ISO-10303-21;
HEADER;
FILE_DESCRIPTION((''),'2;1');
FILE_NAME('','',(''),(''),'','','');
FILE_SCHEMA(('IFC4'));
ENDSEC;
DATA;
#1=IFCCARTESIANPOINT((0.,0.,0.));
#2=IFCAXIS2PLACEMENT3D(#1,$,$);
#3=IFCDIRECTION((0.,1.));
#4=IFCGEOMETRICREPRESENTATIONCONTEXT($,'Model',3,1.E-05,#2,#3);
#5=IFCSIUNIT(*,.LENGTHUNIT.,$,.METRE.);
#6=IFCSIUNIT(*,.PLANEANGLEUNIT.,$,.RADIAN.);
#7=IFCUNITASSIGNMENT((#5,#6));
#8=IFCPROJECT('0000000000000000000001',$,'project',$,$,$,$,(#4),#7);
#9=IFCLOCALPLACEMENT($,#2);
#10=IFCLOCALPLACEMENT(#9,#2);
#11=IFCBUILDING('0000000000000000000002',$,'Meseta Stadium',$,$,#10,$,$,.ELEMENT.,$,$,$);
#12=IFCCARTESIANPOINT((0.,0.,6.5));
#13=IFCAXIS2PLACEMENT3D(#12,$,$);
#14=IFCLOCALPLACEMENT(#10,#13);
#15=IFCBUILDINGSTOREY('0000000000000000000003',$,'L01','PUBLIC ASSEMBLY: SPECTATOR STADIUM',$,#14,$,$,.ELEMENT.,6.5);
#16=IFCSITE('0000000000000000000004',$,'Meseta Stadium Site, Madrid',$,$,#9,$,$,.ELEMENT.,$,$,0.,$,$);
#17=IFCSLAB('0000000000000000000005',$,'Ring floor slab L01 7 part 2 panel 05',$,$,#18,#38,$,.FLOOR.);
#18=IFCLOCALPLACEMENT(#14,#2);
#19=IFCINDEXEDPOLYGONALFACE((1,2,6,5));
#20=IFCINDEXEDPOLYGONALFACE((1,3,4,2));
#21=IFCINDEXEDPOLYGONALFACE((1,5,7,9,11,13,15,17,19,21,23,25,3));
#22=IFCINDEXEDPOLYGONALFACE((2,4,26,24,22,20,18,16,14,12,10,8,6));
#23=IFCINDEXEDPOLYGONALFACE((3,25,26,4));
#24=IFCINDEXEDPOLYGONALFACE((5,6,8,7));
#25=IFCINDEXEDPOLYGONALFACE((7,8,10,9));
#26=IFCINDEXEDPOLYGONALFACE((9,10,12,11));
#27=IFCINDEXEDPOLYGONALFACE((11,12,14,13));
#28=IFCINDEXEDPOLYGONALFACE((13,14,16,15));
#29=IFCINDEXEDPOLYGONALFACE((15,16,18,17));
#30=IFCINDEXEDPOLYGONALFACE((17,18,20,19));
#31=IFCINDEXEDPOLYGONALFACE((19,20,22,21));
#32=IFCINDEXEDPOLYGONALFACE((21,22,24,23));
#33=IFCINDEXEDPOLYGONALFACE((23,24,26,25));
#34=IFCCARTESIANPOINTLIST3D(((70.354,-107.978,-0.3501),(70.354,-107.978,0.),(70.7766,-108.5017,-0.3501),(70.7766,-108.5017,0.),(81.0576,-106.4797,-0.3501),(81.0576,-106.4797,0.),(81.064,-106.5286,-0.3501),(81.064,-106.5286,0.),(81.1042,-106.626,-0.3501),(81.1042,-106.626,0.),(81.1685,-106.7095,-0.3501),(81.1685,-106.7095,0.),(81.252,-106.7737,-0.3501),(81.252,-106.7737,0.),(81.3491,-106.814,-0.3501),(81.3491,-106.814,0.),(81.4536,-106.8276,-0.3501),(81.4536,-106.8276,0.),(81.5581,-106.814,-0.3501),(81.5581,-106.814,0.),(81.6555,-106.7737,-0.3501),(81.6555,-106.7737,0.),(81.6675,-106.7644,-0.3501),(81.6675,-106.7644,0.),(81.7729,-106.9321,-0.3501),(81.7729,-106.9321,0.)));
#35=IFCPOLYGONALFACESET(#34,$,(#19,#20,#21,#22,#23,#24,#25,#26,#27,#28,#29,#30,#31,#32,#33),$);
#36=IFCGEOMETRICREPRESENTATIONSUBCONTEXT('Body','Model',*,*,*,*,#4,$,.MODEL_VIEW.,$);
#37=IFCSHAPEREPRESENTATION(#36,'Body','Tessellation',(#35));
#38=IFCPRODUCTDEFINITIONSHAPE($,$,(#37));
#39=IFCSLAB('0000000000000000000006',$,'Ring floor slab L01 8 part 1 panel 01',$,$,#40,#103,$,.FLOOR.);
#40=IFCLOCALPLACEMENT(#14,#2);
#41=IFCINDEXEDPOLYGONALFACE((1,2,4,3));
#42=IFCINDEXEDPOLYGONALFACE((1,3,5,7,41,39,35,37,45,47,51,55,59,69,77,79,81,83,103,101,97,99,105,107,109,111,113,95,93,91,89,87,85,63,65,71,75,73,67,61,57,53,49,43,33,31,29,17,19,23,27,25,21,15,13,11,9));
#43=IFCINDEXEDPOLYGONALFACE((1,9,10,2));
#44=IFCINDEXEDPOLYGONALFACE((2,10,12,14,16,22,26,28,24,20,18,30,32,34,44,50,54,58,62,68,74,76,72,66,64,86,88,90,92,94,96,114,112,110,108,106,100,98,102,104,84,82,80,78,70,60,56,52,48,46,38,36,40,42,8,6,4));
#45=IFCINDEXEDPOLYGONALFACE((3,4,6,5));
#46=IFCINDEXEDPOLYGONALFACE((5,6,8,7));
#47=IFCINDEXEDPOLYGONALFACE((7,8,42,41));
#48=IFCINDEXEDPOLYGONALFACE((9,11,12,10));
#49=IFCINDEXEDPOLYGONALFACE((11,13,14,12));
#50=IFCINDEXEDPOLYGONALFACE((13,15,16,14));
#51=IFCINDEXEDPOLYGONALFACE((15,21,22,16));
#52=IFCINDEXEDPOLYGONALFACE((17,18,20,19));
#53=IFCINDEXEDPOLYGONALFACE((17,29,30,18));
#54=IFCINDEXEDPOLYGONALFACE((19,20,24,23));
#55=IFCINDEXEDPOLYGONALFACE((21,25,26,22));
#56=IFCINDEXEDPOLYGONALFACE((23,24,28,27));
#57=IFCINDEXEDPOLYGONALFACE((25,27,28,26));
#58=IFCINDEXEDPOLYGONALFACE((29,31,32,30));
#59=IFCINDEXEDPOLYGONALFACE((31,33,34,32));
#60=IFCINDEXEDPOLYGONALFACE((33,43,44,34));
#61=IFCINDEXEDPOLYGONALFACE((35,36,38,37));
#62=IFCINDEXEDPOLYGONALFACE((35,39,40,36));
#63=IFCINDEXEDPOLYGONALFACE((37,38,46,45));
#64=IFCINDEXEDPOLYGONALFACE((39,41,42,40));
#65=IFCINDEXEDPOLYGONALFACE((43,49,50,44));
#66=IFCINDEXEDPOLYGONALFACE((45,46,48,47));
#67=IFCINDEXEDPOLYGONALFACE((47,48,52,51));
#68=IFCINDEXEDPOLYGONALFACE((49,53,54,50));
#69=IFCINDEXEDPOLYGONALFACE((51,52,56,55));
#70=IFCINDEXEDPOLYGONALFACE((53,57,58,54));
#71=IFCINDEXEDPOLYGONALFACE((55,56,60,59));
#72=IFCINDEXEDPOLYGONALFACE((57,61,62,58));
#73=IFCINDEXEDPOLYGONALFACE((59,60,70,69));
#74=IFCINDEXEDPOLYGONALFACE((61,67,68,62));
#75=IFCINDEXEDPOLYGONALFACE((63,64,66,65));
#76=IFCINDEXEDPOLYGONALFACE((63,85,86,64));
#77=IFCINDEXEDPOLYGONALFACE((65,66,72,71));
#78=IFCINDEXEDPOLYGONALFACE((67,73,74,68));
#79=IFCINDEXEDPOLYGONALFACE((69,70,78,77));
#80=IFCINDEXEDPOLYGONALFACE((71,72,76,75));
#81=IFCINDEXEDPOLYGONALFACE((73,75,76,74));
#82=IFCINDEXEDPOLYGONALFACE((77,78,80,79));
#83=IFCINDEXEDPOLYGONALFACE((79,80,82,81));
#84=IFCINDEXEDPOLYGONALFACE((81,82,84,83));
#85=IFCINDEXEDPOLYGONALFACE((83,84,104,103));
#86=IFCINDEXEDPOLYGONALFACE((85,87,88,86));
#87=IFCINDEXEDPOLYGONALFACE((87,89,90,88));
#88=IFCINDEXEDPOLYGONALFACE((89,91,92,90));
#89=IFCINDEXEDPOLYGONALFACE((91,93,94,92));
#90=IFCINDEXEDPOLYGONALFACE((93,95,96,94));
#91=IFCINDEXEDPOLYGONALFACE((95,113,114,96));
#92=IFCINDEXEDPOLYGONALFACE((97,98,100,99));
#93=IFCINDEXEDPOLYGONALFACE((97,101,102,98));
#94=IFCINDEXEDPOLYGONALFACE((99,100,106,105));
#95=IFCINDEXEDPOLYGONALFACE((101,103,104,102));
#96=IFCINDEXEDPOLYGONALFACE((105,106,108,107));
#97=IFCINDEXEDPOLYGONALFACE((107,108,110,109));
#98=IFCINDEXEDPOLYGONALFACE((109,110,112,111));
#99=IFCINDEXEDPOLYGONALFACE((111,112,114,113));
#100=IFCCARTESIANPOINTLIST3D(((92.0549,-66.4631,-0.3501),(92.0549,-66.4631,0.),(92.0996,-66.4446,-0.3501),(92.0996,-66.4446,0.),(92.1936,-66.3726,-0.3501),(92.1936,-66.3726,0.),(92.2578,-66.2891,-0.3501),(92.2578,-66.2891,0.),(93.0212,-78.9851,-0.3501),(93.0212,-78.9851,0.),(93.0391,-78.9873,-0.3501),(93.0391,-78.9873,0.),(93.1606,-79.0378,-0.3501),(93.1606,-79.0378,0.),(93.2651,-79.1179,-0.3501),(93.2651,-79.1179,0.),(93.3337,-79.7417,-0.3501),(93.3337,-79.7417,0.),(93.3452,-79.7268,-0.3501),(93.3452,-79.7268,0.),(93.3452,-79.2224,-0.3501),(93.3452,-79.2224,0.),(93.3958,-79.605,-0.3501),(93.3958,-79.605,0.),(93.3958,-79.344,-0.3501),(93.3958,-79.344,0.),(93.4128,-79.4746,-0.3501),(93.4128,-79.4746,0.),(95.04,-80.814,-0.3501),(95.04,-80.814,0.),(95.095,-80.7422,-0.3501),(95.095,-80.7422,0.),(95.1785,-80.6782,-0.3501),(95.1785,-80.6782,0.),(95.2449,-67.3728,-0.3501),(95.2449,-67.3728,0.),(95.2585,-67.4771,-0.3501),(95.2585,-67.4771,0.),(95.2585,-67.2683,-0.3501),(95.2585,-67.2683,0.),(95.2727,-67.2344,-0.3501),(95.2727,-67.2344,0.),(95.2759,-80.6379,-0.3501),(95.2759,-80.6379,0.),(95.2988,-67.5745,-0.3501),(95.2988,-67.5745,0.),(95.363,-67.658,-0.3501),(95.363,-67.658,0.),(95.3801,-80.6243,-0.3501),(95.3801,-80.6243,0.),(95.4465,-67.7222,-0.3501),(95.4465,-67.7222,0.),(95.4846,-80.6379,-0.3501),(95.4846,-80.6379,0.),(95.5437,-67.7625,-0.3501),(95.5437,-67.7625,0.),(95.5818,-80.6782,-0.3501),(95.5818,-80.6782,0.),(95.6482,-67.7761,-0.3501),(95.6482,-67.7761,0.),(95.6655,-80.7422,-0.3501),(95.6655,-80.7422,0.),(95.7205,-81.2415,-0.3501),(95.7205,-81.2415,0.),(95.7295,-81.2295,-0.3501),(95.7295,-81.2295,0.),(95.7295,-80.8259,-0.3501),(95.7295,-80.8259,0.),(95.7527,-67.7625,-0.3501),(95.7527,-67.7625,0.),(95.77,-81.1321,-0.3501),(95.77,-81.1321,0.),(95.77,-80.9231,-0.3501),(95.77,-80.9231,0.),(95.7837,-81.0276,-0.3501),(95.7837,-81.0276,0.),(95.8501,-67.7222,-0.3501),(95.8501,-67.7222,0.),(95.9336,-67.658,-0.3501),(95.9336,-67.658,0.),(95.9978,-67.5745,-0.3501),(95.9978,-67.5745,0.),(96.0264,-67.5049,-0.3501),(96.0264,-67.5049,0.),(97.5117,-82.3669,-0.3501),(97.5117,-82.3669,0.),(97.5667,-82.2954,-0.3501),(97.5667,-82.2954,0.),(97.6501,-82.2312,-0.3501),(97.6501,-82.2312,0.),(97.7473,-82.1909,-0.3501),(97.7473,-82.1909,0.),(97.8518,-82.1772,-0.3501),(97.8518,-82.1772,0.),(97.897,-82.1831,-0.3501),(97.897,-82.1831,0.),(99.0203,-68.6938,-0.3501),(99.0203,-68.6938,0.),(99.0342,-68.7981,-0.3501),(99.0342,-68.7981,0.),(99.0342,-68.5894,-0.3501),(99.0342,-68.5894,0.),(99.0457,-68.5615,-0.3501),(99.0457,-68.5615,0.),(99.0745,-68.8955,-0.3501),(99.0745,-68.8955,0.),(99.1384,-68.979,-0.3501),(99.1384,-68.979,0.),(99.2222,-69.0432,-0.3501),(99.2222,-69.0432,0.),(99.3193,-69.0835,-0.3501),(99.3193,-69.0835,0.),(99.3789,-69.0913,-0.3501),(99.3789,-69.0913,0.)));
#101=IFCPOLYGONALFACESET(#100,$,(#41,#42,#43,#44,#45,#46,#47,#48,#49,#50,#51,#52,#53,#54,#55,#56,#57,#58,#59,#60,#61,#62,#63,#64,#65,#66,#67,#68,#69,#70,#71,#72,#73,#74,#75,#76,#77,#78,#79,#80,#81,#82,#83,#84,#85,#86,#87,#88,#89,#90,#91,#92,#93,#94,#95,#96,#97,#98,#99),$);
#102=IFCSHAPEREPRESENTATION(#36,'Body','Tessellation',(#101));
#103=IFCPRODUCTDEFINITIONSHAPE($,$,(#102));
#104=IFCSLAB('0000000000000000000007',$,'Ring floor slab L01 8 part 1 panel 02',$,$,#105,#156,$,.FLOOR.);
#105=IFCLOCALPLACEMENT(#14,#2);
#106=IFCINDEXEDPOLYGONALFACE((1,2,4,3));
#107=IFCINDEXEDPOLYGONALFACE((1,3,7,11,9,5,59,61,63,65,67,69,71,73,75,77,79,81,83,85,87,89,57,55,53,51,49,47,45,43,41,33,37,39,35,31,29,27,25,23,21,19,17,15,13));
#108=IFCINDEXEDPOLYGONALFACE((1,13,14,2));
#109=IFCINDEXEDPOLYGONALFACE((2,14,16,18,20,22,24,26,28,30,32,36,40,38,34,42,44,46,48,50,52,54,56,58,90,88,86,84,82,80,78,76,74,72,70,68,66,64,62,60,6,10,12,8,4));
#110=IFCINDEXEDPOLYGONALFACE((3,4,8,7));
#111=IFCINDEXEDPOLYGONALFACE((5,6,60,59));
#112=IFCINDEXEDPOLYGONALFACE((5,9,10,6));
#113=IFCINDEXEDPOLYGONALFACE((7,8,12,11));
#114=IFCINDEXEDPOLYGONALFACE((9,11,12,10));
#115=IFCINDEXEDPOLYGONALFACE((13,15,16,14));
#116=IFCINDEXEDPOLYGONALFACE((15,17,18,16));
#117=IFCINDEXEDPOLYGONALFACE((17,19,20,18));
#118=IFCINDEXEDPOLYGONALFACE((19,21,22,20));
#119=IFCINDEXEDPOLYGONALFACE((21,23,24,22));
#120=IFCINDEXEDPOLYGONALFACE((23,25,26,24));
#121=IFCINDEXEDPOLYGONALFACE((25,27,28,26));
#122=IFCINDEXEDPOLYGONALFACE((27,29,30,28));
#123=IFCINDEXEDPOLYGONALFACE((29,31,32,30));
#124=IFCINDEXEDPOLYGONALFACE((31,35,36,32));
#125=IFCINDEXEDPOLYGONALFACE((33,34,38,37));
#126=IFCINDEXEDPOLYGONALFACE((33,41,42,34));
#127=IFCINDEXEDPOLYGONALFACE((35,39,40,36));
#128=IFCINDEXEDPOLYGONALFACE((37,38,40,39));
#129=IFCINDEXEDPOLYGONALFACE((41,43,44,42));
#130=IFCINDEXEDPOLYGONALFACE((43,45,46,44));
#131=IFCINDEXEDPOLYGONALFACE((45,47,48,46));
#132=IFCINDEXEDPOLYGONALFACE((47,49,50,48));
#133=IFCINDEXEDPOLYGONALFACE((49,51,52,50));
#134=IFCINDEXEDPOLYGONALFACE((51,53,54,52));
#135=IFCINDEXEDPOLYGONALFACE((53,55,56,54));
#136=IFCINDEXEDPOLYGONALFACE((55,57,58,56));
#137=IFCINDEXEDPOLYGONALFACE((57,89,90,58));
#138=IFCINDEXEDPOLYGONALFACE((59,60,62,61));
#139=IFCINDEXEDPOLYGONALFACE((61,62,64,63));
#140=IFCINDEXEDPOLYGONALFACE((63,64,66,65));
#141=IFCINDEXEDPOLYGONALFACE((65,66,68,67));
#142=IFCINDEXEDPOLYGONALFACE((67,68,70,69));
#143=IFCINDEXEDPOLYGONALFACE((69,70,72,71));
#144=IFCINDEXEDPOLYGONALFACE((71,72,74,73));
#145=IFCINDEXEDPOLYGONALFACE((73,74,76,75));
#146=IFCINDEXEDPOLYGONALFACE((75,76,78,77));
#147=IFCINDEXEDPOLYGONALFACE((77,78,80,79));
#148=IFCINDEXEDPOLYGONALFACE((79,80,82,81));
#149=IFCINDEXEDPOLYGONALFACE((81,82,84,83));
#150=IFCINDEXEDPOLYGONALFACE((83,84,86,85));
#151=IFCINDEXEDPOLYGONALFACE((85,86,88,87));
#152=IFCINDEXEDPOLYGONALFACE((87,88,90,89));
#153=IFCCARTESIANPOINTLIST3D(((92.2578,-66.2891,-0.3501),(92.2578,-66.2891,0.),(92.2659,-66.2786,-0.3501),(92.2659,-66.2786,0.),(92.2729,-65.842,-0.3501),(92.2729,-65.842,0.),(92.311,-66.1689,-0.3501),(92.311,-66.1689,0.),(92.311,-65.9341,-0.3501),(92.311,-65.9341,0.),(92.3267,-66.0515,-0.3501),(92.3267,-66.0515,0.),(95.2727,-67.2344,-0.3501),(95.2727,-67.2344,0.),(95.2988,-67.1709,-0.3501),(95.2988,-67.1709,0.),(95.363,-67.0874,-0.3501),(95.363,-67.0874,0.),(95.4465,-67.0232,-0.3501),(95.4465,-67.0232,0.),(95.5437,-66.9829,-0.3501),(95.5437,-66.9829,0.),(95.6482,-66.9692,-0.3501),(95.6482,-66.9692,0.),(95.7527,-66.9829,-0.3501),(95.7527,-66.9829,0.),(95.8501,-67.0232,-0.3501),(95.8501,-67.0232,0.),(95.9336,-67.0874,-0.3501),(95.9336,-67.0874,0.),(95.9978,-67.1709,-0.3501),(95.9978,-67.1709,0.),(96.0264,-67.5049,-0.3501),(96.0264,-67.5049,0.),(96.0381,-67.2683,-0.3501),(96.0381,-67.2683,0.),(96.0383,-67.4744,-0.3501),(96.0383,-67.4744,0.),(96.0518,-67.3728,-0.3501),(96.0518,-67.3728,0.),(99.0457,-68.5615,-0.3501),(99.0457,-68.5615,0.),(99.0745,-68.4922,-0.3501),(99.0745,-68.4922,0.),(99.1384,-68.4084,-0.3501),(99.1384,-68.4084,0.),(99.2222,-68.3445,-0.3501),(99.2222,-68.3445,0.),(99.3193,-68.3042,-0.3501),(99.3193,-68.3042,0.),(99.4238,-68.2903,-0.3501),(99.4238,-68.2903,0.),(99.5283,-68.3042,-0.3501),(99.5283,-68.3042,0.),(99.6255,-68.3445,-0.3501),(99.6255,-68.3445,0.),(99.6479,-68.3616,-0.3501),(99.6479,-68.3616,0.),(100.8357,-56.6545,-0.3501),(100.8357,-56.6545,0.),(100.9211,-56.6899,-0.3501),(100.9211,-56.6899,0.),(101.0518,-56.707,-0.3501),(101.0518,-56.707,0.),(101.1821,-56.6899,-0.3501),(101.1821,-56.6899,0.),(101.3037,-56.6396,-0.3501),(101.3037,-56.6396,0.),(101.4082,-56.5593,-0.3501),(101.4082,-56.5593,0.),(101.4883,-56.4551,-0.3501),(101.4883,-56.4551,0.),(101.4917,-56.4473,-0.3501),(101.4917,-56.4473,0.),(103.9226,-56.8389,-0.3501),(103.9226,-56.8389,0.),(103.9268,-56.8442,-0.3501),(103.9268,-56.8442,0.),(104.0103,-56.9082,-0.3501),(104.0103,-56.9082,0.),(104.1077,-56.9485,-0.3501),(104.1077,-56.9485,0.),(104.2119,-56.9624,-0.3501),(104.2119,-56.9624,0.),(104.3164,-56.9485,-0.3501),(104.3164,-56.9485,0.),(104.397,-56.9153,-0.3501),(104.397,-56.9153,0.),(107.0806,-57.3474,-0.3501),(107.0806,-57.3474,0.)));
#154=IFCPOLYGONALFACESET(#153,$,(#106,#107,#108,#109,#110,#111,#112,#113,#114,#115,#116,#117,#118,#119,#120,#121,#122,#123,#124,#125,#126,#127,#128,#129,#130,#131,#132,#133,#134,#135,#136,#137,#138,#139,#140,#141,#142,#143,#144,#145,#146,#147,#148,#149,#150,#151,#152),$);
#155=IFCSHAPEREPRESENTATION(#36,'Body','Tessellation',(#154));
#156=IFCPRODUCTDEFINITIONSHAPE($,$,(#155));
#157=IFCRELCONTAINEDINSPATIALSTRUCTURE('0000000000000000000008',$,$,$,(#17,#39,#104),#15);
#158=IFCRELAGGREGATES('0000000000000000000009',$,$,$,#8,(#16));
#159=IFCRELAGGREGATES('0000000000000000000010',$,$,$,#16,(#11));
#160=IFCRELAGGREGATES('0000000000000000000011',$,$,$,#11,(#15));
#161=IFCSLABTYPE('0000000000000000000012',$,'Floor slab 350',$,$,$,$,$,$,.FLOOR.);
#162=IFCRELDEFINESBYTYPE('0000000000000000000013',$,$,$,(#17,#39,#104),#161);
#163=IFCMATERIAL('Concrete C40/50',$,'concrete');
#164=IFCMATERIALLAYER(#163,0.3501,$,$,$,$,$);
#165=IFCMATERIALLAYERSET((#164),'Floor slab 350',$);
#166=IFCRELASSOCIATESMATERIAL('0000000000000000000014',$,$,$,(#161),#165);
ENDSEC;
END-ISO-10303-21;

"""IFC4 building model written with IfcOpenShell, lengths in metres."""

from ifc_helpers import new_model, si_unit, direction, frame, origin, place, context, subcontext, project, spatial, polyline, outline, extrude, material, layer, layer_set, type_object, element, save


model = new_model("IFC4")

# Units and contexts
model_context = context("Model", 3, precision=1e-05, world=origin(), true_north=direction((0.0, 1.0)))
body_context = subcontext(model_context, "Body", "Model", "MODEL_VIEW")
ifc_project = project(units=[si_unit("LENGTHUNIT", "METRE"), si_unit("PLANEANGLEUNIT", "RADIAN")], contexts=[model_context])

# Site, building, storey
site_placement = place(None, origin())
site = spatial("IfcSite", under=ifc_project, at=site_placement, Name="Meseta Stadium Site, Madrid", CompositionType="ELEMENT", RefElevation=0.0)
building_placement = place(site_placement, origin())
building = spatial("IfcBuilding", under=site, at=building_placement, Name="Meseta Stadium", CompositionType="ELEMENT")
storey_placement = place(building_placement, frame((0.0, 0.0, 6.5)))
storey = spatial("IfcBuildingStorey", under=building, at=storey_placement, Name="L01", Description="PUBLIC ASSEMBLY: SPECTATOR STADIUM", CompositionType="ELEMENT", Elevation=6.5)

# Slabs
ifc_material_1 = material(Name="Concrete C40/50", Category="concrete")
ifc_layer = layer(ifc_material_1, 0.3501)
ifc_layer_set = layer_set([ifc_layer], Name="Floor slab 350")
slab_type = type_object("IfcSlabType", Name="Floor slab 350", PredefinedType="FLOOR", material=ifc_layer_set)
slab_1_placement = place(storey_placement, frame((0.0, 0.0, -0.3501)))
element("IfcSlab", 1, at=slab_1_placement, inside=storey, type_object=slab_type, Name="Ring floor slab L01 7 part 2 panel 05", PredefinedType="FLOOR", context=body_context, shape_type="SweptSolid", body=[
    extrude(outline(polyline([(81.1042, -106.626), (81.064, -106.5286), (81.0576, -106.4797), (70.354, -107.978), (70.7766, -108.5017), (81.7729, -106.9321), (81.6675, -106.7644), (81.6555, -106.7737), (81.5581, -106.814), (81.4536, -106.8276), (81.3491, -106.814), (81.252, -106.7737), (81.1685, -106.7095), (81.1042, -106.626)])), origin(), (0.0, 0.0, 1.0), 0.3501),
])
slab_2_placement = place(storey_placement, frame((0.0, 0.0, -0.3501)))
element("IfcSlab", 2, at=slab_2_placement, inside=storey, type_object=slab_type, Name="Ring floor slab L01 8 part 1 panel 01", PredefinedType="FLOOR", context=body_context, shape_type="SweptSolid", body=[
    extrude(outline(polyline([(95.2585, -67.2683), (95.2727, -67.2344), (92.2578, -66.2891), (92.1936, -66.3726), (92.0996, -66.4446), (92.0549, -66.4631), (93.0212, -78.9851), (93.0391, -78.9873), (93.1606, -79.0378), (93.2651, -79.1179), (93.3452, -79.2224), (93.3958, -79.344), (93.4128, -79.4746), (93.3958, -79.605), (93.3452, -79.7268), (93.3337, -79.7417), (95.04, -80.814), (95.095, -80.7422), (95.1785, -80.6782), (95.2759, -80.6379), (95.3801, -80.6243), (95.4846, -80.6379), (95.5818, -80.6782), (95.6655, -80.7422), (95.7295, -80.8259), (95.77, -80.9231), (95.7837, -81.0276), (95.77, -81.1321), (95.7295, -81.2295), (95.7205, -81.2415), (97.5117, -82.3669), (97.5667, -82.2954), (97.6501, -82.2312), (97.7473, -82.1909), (97.8518, -82.1772), (97.897, -82.1831), (99.3789, -69.0913), (99.3193, -69.0835), (99.2222, -69.0432), (99.1384, -68.979), (99.0745, -68.8955), (99.0342, -68.7981), (99.0203, -68.6938), (99.0342, -68.5894), (99.0457, -68.5615), (96.0264, -67.5049), (95.9978, -67.5745), (95.9336, -67.658), (95.8501, -67.7222), (95.7527, -67.7625), (95.6482, -67.7761), (95.5437, -67.7625), (95.4465, -67.7222), (95.363, -67.658), (95.2988, -67.5745), (95.2585, -67.4771), (95.2449, -67.3728), (95.2585, -67.2683)])), origin(), (0.0, 0.0, 1.0), 0.3501),
])
slab_3_placement = place(storey_placement, frame((0.0, 0.0, -0.3501)))
element("IfcSlab", 3, at=slab_3_placement, inside=storey, type_object=slab_type, Name="Ring floor slab L01 8 part 1 panel 02", PredefinedType="FLOOR", context=body_context, shape_type="SweptSolid", body=[
    extrude(outline(polyline([(92.2729, -65.842), (92.311, -65.9341), (92.3267, -66.0515), (92.311, -66.1689), (92.2659, -66.2786), (92.2578, -66.2891), (95.2727, -67.2344), (95.2988, -67.1709), (95.363, -67.0874), (95.4465, -67.0232), (95.5437, -66.9829), (95.6482, -66.9692), (95.7527, -66.9829), (95.8501, -67.0232), (95.9336, -67.0874), (95.9978, -67.1709), (96.0381, -67.2683), (96.0518, -67.3728), (96.0383, -67.4744), (96.0264, -67.5049), (99.0457, -68.5615), (99.0745, -68.4922), (99.1384, -68.4084), (99.2222, -68.3445), (99.3193, -68.3042), (99.4238, -68.2903), (99.5283, -68.3042), (99.6255, -68.3445), (99.6479, -68.3616), (107.0806, -57.3474), (104.397, -56.9153), (104.3164, -56.9485), (104.2119, -56.9624), (104.1077, -56.9485), (104.0103, -56.9082), (103.9268, -56.8442), (103.9226, -56.8389), (101.4917, -56.4473), (101.4883, -56.4551), (101.4082, -56.5593), (101.3037, -56.6396), (101.1821, -56.6899), (101.0518, -56.707), (100.9211, -56.6899), (100.8357, -56.6545), (92.2729, -65.842)])), origin(), (0.0, 0.0, 1.0), 0.3501),
])

save(model, "model.ifc")
